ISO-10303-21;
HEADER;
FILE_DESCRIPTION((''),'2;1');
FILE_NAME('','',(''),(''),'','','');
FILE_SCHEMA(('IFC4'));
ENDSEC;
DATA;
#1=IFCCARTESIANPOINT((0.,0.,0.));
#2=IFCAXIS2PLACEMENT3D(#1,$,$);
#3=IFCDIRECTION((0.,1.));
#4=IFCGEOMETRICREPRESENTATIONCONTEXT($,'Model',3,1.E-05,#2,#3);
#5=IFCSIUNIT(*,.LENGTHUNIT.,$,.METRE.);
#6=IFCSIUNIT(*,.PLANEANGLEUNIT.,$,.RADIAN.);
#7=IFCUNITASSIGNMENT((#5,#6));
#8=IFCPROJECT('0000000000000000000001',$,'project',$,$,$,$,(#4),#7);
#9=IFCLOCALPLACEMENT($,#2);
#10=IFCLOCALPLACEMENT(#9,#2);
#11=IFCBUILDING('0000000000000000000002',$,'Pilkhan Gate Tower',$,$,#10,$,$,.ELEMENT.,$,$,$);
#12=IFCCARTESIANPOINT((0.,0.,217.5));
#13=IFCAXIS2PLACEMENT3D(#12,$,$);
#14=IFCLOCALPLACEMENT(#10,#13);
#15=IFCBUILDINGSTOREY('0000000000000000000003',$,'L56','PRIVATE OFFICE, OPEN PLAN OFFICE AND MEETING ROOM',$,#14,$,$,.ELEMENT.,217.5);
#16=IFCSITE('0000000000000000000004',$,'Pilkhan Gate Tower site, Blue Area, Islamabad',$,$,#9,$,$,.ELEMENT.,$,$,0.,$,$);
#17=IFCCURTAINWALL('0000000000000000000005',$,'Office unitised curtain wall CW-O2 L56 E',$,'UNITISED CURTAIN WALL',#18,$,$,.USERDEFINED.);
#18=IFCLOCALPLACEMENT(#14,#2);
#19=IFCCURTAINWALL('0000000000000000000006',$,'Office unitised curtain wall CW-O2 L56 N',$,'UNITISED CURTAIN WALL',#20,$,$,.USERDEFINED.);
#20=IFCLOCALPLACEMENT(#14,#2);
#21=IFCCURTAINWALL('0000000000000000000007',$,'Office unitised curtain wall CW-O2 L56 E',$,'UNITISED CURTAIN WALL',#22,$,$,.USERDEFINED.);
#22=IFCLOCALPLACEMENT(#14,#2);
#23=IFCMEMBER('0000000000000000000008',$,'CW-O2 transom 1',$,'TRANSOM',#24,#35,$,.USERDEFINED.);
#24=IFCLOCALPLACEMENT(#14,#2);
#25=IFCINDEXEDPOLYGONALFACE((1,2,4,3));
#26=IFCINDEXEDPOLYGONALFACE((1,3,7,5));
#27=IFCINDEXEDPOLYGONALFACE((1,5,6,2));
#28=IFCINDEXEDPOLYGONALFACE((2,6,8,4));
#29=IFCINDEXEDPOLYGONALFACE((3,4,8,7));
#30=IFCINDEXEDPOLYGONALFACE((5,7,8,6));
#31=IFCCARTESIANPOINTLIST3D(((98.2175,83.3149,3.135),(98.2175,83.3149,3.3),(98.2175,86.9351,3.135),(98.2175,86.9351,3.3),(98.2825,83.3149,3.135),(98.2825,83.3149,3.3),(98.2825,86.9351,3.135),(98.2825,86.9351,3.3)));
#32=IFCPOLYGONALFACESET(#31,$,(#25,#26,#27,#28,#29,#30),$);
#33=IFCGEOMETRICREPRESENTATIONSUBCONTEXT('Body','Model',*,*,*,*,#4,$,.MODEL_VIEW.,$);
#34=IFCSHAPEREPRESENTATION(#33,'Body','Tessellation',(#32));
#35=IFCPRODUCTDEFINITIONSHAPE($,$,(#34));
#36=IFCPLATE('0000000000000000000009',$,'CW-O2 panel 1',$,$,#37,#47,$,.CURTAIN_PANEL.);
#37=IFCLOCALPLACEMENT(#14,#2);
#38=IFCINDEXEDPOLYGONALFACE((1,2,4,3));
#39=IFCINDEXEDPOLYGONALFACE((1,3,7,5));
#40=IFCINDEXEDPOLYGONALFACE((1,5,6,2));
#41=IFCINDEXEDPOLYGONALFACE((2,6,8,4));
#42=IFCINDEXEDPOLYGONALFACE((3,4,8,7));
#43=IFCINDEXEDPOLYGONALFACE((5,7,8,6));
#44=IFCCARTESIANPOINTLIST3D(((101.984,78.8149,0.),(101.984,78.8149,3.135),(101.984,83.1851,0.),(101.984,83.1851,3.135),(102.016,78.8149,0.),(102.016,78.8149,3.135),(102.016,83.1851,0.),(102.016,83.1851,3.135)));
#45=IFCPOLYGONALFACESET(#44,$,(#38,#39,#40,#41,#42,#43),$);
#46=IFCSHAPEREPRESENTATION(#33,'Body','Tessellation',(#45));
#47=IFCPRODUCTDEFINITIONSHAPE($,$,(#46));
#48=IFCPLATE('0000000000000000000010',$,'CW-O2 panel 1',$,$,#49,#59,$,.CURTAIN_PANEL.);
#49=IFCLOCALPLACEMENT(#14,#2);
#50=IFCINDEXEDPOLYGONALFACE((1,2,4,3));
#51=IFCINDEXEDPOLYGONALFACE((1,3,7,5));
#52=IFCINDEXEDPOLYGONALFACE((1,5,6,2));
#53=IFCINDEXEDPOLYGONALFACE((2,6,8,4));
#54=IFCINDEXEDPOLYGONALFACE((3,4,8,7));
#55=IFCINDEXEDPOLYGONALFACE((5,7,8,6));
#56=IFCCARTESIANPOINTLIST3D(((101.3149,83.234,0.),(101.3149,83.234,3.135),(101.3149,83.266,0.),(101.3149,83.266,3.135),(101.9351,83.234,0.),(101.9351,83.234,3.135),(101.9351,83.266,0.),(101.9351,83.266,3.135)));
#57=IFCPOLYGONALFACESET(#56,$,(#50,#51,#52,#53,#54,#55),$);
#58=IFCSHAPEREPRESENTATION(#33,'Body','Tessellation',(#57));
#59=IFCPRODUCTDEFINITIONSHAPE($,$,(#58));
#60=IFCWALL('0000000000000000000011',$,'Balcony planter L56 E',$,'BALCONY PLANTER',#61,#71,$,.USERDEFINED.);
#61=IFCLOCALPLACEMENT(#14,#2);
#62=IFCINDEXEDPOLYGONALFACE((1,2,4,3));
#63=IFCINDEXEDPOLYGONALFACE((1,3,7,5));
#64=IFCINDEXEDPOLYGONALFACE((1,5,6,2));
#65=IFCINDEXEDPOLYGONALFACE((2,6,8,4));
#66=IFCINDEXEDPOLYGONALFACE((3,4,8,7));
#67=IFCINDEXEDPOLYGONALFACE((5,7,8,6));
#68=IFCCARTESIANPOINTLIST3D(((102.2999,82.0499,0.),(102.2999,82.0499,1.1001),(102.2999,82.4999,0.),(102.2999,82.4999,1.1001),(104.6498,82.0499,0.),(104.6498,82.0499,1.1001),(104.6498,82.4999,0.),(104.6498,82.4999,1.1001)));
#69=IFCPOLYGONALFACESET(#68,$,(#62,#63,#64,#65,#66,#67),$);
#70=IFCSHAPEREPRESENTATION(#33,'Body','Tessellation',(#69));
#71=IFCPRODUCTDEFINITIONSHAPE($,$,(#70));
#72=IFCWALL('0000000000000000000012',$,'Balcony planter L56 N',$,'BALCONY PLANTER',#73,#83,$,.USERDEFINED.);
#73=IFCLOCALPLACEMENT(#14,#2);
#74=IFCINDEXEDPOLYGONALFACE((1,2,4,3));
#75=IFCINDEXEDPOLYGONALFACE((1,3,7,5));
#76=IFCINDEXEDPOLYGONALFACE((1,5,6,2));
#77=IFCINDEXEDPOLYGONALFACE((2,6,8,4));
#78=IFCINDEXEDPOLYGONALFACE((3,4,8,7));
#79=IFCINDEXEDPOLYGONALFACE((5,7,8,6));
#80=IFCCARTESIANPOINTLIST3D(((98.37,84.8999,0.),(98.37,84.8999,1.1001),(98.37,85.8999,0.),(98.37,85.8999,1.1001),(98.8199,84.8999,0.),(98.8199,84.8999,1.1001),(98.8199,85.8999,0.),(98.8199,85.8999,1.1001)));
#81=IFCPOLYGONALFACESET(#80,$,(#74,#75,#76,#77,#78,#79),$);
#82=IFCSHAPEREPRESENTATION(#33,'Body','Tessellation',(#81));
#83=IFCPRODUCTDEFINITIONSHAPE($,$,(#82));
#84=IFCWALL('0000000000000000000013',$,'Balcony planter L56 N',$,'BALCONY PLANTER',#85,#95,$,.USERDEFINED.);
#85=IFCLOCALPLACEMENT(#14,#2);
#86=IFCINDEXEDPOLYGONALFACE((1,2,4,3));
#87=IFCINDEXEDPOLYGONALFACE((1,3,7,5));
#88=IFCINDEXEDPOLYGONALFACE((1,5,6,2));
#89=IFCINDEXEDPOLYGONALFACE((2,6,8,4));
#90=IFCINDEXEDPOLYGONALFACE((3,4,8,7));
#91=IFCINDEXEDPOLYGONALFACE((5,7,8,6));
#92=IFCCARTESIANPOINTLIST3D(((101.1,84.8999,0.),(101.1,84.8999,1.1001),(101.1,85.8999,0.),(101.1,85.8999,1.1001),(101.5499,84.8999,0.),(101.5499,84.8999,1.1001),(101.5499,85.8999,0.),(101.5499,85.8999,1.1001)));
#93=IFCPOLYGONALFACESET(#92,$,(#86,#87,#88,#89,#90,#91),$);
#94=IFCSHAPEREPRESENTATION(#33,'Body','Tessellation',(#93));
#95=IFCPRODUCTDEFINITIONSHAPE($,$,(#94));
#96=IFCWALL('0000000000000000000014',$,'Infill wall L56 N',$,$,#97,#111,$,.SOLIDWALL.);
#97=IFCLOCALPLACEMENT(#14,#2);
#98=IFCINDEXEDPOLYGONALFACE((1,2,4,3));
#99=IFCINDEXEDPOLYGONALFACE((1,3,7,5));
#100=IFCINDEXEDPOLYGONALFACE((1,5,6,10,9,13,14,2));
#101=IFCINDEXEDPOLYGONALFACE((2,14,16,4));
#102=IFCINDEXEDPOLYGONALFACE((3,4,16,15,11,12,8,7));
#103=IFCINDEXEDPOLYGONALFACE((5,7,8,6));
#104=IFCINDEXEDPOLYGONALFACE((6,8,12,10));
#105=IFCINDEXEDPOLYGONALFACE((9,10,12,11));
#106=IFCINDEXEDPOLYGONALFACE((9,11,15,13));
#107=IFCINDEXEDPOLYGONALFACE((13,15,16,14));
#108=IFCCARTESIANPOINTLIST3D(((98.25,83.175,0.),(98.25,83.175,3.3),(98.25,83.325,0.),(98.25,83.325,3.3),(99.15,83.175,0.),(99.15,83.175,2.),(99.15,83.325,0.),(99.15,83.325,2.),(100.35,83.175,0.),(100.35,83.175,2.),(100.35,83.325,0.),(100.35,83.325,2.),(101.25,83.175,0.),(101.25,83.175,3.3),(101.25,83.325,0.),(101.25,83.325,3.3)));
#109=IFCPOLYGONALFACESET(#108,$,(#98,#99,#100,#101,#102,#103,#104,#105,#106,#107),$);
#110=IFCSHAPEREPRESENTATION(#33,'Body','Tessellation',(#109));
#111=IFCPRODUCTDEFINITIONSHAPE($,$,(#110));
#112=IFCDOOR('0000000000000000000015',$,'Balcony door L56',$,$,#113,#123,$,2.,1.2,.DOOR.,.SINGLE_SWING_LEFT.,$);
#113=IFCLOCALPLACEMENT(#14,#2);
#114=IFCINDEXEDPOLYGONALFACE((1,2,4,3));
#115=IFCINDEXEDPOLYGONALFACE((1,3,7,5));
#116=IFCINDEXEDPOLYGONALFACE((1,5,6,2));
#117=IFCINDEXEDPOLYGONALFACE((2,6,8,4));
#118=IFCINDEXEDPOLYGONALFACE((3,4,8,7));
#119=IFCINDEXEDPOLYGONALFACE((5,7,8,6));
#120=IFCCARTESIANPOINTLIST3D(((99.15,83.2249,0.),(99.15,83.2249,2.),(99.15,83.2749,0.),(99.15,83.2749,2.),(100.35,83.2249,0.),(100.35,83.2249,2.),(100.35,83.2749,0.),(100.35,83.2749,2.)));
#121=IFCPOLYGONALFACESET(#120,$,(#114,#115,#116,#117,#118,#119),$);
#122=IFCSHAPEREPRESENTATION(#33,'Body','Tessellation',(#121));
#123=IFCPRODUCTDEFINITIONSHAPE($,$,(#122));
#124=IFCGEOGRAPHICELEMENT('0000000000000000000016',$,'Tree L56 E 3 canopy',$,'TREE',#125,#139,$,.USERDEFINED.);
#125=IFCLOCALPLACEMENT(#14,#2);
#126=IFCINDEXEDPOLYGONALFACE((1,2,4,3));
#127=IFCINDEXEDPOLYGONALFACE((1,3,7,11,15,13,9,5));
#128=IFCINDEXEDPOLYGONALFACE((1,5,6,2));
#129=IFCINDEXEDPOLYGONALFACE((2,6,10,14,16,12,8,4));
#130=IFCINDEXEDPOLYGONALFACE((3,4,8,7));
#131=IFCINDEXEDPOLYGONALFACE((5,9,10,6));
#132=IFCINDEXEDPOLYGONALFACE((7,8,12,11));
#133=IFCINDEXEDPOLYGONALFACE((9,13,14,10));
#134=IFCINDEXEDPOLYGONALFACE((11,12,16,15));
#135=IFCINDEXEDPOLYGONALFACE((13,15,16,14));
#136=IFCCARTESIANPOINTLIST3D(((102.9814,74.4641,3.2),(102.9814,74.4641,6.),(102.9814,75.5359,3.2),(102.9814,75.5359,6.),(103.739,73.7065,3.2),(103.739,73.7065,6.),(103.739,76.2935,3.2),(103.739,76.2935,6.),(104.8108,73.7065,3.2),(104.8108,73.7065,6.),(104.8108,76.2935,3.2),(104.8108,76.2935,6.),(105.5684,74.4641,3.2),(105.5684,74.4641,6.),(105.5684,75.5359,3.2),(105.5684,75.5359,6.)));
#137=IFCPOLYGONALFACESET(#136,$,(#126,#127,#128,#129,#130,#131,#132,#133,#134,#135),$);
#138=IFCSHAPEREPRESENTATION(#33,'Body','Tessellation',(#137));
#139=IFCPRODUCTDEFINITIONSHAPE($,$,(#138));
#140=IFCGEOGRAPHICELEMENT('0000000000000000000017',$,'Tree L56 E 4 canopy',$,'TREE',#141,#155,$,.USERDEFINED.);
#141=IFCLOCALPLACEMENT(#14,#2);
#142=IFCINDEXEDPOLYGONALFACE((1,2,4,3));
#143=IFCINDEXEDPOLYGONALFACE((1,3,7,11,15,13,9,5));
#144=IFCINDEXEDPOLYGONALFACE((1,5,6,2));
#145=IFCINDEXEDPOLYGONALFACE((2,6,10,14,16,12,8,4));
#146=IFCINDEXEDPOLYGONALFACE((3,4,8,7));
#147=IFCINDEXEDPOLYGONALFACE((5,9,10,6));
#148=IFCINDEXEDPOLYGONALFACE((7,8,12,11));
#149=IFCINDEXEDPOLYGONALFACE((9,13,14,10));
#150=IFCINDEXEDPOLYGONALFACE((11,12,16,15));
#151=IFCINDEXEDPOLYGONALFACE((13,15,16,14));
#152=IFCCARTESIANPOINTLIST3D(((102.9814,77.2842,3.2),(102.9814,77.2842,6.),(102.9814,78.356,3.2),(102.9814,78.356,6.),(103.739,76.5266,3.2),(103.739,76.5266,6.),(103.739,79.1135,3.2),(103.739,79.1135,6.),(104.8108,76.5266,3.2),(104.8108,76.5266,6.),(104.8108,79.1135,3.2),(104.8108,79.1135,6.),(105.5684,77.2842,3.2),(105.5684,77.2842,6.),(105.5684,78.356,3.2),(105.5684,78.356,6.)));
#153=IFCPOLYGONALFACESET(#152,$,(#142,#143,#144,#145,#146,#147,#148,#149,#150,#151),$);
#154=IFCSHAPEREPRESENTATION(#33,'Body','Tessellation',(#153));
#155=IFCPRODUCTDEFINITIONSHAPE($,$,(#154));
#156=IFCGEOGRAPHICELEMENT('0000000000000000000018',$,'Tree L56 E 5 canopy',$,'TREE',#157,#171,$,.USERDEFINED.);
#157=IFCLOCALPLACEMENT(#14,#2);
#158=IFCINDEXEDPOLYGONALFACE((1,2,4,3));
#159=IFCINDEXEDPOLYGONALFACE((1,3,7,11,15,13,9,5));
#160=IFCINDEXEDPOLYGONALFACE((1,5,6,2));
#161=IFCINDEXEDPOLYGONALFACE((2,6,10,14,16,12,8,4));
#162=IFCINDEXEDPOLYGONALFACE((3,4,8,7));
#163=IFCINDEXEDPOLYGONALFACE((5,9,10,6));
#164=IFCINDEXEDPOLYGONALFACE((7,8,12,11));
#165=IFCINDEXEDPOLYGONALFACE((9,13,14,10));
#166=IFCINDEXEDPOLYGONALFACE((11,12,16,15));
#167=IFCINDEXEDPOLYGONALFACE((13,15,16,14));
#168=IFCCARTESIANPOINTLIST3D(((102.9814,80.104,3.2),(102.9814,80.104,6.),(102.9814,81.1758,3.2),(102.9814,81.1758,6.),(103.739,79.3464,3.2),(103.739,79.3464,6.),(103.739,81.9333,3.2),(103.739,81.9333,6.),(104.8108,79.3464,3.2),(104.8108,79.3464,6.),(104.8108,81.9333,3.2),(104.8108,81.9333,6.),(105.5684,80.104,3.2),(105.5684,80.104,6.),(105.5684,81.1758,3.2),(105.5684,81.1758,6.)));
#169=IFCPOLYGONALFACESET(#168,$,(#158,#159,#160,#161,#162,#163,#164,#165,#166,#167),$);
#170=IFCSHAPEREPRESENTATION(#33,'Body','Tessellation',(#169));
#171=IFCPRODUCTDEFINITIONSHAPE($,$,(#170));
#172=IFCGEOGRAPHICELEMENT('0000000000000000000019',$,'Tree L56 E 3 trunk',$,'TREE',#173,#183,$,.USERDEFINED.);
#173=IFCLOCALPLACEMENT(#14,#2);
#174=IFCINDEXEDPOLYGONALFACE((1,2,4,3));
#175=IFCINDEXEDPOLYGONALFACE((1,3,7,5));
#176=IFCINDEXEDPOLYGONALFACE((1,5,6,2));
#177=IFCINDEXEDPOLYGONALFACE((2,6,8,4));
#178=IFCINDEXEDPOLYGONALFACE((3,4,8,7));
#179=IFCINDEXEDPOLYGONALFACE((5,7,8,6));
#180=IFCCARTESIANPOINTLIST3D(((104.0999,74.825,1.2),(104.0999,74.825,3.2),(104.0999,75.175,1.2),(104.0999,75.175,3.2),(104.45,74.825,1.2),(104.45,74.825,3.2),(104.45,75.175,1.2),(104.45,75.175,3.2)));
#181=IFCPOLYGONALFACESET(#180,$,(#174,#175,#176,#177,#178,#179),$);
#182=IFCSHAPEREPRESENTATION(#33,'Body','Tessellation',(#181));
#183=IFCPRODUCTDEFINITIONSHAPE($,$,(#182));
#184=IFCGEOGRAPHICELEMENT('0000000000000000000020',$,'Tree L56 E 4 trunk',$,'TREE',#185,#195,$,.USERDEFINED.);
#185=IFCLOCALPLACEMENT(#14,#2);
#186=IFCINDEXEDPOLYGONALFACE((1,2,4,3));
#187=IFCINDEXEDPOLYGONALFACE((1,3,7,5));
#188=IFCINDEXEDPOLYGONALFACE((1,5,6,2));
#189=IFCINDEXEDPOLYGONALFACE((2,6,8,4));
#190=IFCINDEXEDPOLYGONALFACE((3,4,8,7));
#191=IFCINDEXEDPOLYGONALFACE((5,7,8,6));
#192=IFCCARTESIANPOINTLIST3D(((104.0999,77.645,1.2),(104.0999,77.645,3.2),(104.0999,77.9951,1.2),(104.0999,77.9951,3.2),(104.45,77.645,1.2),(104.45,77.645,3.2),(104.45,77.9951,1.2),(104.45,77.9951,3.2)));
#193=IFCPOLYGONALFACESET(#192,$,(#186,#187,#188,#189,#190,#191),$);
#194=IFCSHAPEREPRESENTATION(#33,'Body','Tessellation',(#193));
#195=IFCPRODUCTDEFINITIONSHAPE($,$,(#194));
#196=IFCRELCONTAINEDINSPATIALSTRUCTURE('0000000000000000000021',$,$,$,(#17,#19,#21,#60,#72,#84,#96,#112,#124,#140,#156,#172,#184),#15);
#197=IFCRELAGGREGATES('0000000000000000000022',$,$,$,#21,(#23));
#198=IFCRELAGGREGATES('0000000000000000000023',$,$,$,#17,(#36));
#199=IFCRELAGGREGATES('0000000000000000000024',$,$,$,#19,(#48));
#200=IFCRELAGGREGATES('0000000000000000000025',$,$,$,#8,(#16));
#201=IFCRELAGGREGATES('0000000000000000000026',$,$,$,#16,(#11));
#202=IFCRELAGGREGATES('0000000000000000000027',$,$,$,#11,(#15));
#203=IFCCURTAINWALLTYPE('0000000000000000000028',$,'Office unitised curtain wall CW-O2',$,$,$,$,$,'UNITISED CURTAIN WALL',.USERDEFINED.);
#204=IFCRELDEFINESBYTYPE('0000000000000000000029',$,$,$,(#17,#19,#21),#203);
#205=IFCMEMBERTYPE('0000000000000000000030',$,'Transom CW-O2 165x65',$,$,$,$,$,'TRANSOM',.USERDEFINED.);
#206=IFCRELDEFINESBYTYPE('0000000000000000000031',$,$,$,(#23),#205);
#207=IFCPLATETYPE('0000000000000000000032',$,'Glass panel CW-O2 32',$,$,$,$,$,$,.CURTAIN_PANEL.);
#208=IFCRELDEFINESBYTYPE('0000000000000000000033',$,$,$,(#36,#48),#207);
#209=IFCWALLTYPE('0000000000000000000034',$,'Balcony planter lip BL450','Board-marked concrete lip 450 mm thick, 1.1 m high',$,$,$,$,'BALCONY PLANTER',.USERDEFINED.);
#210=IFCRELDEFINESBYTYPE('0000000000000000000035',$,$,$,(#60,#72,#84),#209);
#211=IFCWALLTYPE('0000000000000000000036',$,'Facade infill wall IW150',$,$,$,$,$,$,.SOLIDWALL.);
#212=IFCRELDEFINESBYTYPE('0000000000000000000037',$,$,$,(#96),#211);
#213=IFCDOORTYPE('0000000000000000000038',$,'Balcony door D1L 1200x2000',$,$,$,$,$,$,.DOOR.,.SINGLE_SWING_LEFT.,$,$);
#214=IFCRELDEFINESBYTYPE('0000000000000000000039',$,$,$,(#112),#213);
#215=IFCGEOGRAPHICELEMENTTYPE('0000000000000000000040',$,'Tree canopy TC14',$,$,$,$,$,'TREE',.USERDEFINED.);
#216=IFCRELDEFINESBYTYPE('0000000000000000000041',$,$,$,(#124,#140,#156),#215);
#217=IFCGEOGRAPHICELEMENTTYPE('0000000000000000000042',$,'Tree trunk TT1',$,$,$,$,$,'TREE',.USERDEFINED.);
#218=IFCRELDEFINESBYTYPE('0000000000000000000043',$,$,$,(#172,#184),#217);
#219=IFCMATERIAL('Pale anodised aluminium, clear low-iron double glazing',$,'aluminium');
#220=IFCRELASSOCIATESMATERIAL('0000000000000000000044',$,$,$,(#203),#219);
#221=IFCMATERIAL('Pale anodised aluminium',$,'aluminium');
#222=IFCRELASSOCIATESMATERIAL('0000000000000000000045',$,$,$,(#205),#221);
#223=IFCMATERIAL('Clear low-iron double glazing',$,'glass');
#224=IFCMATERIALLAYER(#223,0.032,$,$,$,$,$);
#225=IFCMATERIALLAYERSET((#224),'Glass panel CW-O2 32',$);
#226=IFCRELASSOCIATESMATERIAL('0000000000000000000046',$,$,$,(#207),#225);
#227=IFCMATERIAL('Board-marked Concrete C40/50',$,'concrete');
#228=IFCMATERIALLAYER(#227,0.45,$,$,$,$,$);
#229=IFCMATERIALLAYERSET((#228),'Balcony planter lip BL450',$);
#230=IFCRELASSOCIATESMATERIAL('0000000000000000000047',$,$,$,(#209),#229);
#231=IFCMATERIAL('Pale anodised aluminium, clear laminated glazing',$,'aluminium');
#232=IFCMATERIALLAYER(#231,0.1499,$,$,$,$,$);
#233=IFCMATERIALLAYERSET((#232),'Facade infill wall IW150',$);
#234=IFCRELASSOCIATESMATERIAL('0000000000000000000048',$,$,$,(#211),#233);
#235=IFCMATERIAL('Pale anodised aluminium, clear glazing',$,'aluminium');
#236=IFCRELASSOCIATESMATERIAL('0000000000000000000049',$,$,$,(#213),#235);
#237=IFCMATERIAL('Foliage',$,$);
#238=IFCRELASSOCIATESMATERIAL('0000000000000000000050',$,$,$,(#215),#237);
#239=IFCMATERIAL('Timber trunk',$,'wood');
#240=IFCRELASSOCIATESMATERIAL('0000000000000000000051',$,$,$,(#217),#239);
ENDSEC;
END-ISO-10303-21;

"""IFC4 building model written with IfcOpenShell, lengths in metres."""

from ifc_helpers import new_model, si_unit, direction, frame, frame_2d, origin, origin_2d, place, context, subcontext, project, spatial, polyline, rectangle, outline, extrude, material, layer, layer_set, material_profile, profile_set, type_object, element, fill, aggregate, save


model = new_model("IFC4")

# Units and contexts
model_context = context("Model", 3, precision=1e-05, world=origin(), true_north=direction((0.0, 1.0)))
body_context = subcontext(model_context, "Body", "Model", "MODEL_VIEW")
ifc_project = project(units=[si_unit("LENGTHUNIT", "METRE"), si_unit("PLANEANGLEUNIT", "RADIAN")], contexts=[model_context])

# Site, building, storey
site_placement = place(None, origin())
site = spatial("IfcSite", under=ifc_project, at=site_placement, Name="Pilkhan Gate Tower site, Blue Area, Islamabad", CompositionType="ELEMENT", RefElevation=0.0)
building_placement = place(site_placement, origin())
building = spatial("IfcBuilding", under=site, at=building_placement, Name="Pilkhan Gate Tower", CompositionType="ELEMENT")
storey_placement = place(building_placement, frame((0.0, 0.0, 217.5)))
storey = spatial("IfcBuildingStorey", under=building, at=storey_placement, Name="L56", Description="PRIVATE OFFICE, OPEN PLAN OFFICE AND MEETING ROOM", CompositionType="ELEMENT", Elevation=217.5)

# Curtain walls
ifc_material_1 = material(Name="Pale anodised aluminium, clear low-iron double glazing", Category="aluminium")
curtain_wall_type = type_object("IfcCurtainWallType", Name="Office unitised curtain wall CW-O2", ElementType="UNITISED CURTAIN WALL", PredefinedType="USERDEFINED", material=ifc_material_1)
curtain_wall_1_placement = place(storey_placement, origin())
curtain_wall_1 = element("IfcCurtainWall", 1, at=curtain_wall_1_placement, inside=storey, type_object=curtain_wall_type, Name="Office unitised curtain wall CW-O2 L56 E", ObjectType="UNITISED CURTAIN WALL", PredefinedType="USERDEFINED")
ifc_material_2 = material(Name="Pale anodised aluminium", Category="aluminium")
curtain_wall_2_placement = place(storey_placement, origin())
curtain_wall_2 = element("IfcCurtainWall", 2, at=curtain_wall_2_placement, inside=storey, type_object=curtain_wall_type, Name="Office unitised curtain wall CW-O2 L56 N", ObjectType="UNITISED CURTAIN WALL", PredefinedType="USERDEFINED")

# Curtain wall
curtain_wall_3_placement = place(storey_placement, origin())
curtain_wall_3 = element("IfcCurtainWall", 3, at=curtain_wall_3_placement, inside=storey, type_object=curtain_wall_type, Name="Office unitised curtain wall CW-O2 L56 E", ObjectType="UNITISED CURTAIN WALL", PredefinedType="USERDEFINED")

# Member
ifc_material_profile_1 = material_profile(ifc_material_2, rectangle(XDim=0.0649, YDim=0.165, at=origin_2d()), Name="Transom 165x65")
ifc_profile_set_1 = profile_set([ifc_material_profile_1], Name="Pale anodised aluminium")
member_type_1 = type_object("IfcMemberType", Name="Transom CW-O2 165x65", ElementType="TRANSOM", PredefinedType="USERDEFINED", material=ifc_profile_set_1)
member_1_placement = place(storey_placement, frame((98.25, 83.3149, 3.2175), z_axis=(0.0, 1.0, 0.0), x_axis=(-1.0, 0.0, 0.0)))
member_1 = element("IfcMember", 4, at=member_1_placement, type_object=member_type_1, Name="CW-O2 transom 1", ObjectType="TRANSOM", PredefinedType="USERDEFINED", context=body_context, shape_type="SweptSolid", body=[
    extrude(rectangle(XDim=0.0649, YDim=0.165, at=origin_2d()), origin(), (0.0, 0.0, 1.0), 3.6201),
])
aggregate(curtain_wall_3, [member_1])

# Plates
ifc_material_3 = material(Name="Clear low-iron double glazing", Category="glass")
ifc_layer_1 = layer(ifc_material_3, 0.032)
ifc_layer_set_1 = layer_set([ifc_layer_1], Name="Glass panel CW-O2 32")
plate_type = type_object("IfcPlateType", Name="Glass panel CW-O2 32", PredefinedType="CURTAIN_PANEL", material=ifc_layer_set_1)
plate_1_placement = place(storey_placement, frame((102.0, 81.0, 0.0), z_axis=(0.0, 0.0, 1.0), x_axis=(0.0, 1.0, 0.0)))
plate_1 = element("IfcPlate", 5, at=plate_1_placement, type_object=plate_type, Name="CW-O2 panel 1", PredefinedType="CURTAIN_PANEL", context=body_context, shape_type="SweptSolid", body=[
    extrude(rectangle(XDim=4.3701, YDim=0.032, at=origin_2d()), origin(), (0.0, 0.0, 1.0), 3.135),
])
aggregate(curtain_wall_1, [plate_1])
plate_2_placement = place(storey_placement, frame((101.625, 83.25, 0.0), z_axis=(0.0, 0.0, 1.0), x_axis=(1.0, 0.0, 0.0)))
plate_2 = element("IfcPlate", 6, at=plate_2_placement, type_object=plate_type, Name="CW-O2 panel 1", PredefinedType="CURTAIN_PANEL", context=body_context, shape_type="SweptSolid", body=[
    extrude(rectangle(XDim=0.6201, YDim=0.032, at=origin_2d()), origin(), (0.0, 0.0, 1.0), 3.135),
])
aggregate(curtain_wall_2, [plate_2])

# Walls
ifc_material_4 = material(Name="Board-marked Concrete C40/50", Category="concrete")
ifc_layer_2 = layer(ifc_material_4, 0.45)
ifc_layer_set_2 = layer_set([ifc_layer_2], Name="Balcony planter lip BL450")
wall_type_1 = type_object("IfcWallType", Name="Balcony planter lip BL450", Description="Board-marked concrete lip 450 mm thick, 1.1 m high", ElementType="BALCONY PLANTER", PredefinedType="USERDEFINED", material=ifc_layer_set_2)
wall_1_placement = place(storey_placement, frame((102.3, 82.2749, 0.0), z_axis=(0.0, 0.0, 1.0), x_axis=(1.0, 0.0, 0.0)))
element("IfcWall", 7, at=wall_1_placement, inside=storey, type_object=wall_type_1, Name="Balcony planter L56 E", ObjectType="BALCONY PLANTER", PredefinedType="USERDEFINED", context=body_context, shape_type="SweptSolid", body=[
    extrude(rectangle(XDim=2.3499, YDim=0.45, at=frame_2d((1.1748, 0.0))), origin(), (0.0, 0.0, 1.0), 1.1001),
])
for number, where, z_axis, x_axis, name in (
    (8, (98.595, 84.8999, 0.0), (0.0, 0.0, 1.0), (0.0, 1.0, 0.0), "Balcony planter L56 N"),
    (9, (101.325, 84.8999, 0.0), (0.0, 0.0, 1.0), (0.0, 1.0, 0.0), "Balcony planter L56 N"),
):
    element("IfcWall", number, at=place(storey_placement, frame(where, z_axis=z_axis, x_axis=x_axis)), inside=storey, type_object=wall_type_1, Name=name, ObjectType="BALCONY PLANTER", PredefinedType="USERDEFINED", context=body_context, shape_type="SweptSolid", body=[
        extrude(rectangle(XDim=1.0, YDim=0.45, at=frame_2d((0.5, 0.0))), origin(), (0.0, 0.0, 1.0), 1.1001),
    ])

# Wall, opening, door
ifc_material_5 = material(Name="Pale anodised aluminium, clear laminated glazing", Category="aluminium")
ifc_layer_3 = layer(ifc_material_5, 0.1499)
ifc_layer_set_3 = layer_set([ifc_layer_3], Name="Facade infill wall IW150")
wall_type_2 = type_object("IfcWallType", Name="Facade infill wall IW150", PredefinedType="SOLIDWALL", material=ifc_layer_set_3)
ifc_material_6 = material(Name="Pale anodised aluminium, clear glazing", Category="aluminium")
wall_2_placement = place(storey_placement, frame((98.25, 83.25, 0.0), z_axis=(0.0, 0.0, 1.0), x_axis=(1.0, 0.0, 0.0)))
wall_2 = element("IfcWall", 10, at=wall_2_placement, inside=storey, type_object=wall_type_2, Name="Infill wall L56 N", PredefinedType="SOLIDWALL", context=body_context, shape_type="SweptSolid", body=[
    extrude(rectangle(XDim=3.0, YDim=0.1499, at=frame_2d((1.5, 0.0))), origin(), (0.0, 0.0, 1.0), 3.3),
])
opening_1_placement = place(wall_2_placement, frame((0.8999, 0.0, 0.0)))
opening_1 = element("IfcOpeningElement", 11, at=opening_1_placement, cuts=wall_2, PredefinedType="OPENING", context=body_context, shape_type="SweptSolid", body=[
    extrude(rectangle(XDim=1.2, YDim=2.0, at=frame_2d((0.6001, 1.0))), frame((0.0, 0.085, 0.0), z_axis=(0.0, -1.0, 0.0), x_axis=(1.0, 0.0, 0.0)), (0.0, 0.0, 1.0), 0.1699),
])
door_type_1 = type_object("IfcDoorType", Name="Balcony door D1L 1200x2000", OperationType="SINGLE_SWING_LEFT", PredefinedType="DOOR", material=ifc_material_6)
door_1_placement = place(opening_1_placement, origin())
door_1 = element("IfcDoor", 12, at=door_1_placement, inside=storey, type_object=door_type_1, Name="Balcony door L56", OperationType="SINGLE_SWING_LEFT", OverallHeight=2.0, OverallWidth=1.2, PredefinedType="DOOR", context=body_context, shape_type="SweptSolid", body=[
    extrude(rectangle(XDim=1.2, YDim=2.0, at=frame_2d((0.6001, 1.0))), frame((0.0, 0.0249, 0.0), z_axis=(0.0, -1.0, 0.0), x_axis=(1.0, 0.0, 0.0)), (0.0, 0.0, 1.0), 0.05),
])
fill(opening_1, door_1)

# Geographic elements
ifc_material_7 = material(Name="Foliage")
ifc_material_profile_2 = material_profile(ifc_material_7, outline(polyline([(1.2935, 0.5359), (0.5359, 1.2935), (-0.5359, 1.2935), (-1.2935, 0.5359), (-1.2935, -0.5359), (-0.5359, -1.2935), (0.5359, -1.2935), (1.2935, -0.5359), (1.2935, 0.5359)])), Name="Canopy D2.8")
ifc_profile_set_2 = profile_set([ifc_material_profile_2], Name="Foliage")
geographic_element_type_1 = type_object("IfcGeographicElementType", Name="Tree canopy TC14", ElementType="TREE", PredefinedType="USERDEFINED", material=ifc_profile_set_2)
for number, where, z_axis, x_axis, name in (
    (13, (104.2749, 75.0, 3.2), (0.0, 0.0, 1.0), (1.0, 0.0, 0.0), "Tree L56 E 3 canopy"),
    (14, (104.2749, 77.8201, 3.2), (0.0, 0.0, 1.0), (1.0, 0.0, 0.0), "Tree L56 E 4 canopy"),
    (15, (104.2749, 80.6399, 3.2), (0.0, 0.0, 1.0), (1.0, 0.0, 0.0), "Tree L56 E 5 canopy"),
):
    element("IfcGeographicElement", number, at=place(storey_placement, frame(where, z_axis=z_axis, x_axis=x_axis)), inside=storey, type_object=geographic_element_type_1, Name=name, ObjectType="TREE", PredefinedType="USERDEFINED", context=body_context, shape_type="SweptSolid", body=[
        extrude(outline(polyline([(1.2935, 0.5359), (0.5359, 1.2935), (-0.5359, 1.2935), (-1.2935, 0.5359), (-1.2935, -0.5359), (-0.5359, -1.2935), (0.5359, -1.2935), (1.2935, -0.5359), (1.2935, 0.5359)])), origin(), (0.0, 0.0, 1.0), 2.8),
    ])
ifc_material_8 = material(Name="Timber trunk", Category="wood")
geographic_element_type_2 = type_object("IfcGeographicElementType", Name="Tree trunk TT1", ElementType="TREE", PredefinedType="USERDEFINED", material=ifc_material_8)
for number, where, z_axis, x_axis, name in (
    (16, (104.2749, 75.0, 1.2), (0.0, 0.0, 1.0), (1.0, 0.0, 0.0), "Tree L56 E 3 trunk"),
    (17, (104.2749, 77.8201, 1.2), (0.0, 0.0, 1.0), (1.0, 0.0, 0.0), "Tree L56 E 4 trunk"),
):
    element("IfcGeographicElement", number, at=place(storey_placement, frame(where, z_axis=z_axis, x_axis=x_axis)), inside=storey, type_object=geographic_element_type_2, Name=name, ObjectType="TREE", PredefinedType="USERDEFINED", context=body_context, shape_type="SweptSolid", body=[
        extrude(rectangle(XDim=0.3501, YDim=0.3501, at=origin_2d()), origin(), (0.0, 0.0, 1.0), 2.0),
    ])

save(model, "model.ifc")
